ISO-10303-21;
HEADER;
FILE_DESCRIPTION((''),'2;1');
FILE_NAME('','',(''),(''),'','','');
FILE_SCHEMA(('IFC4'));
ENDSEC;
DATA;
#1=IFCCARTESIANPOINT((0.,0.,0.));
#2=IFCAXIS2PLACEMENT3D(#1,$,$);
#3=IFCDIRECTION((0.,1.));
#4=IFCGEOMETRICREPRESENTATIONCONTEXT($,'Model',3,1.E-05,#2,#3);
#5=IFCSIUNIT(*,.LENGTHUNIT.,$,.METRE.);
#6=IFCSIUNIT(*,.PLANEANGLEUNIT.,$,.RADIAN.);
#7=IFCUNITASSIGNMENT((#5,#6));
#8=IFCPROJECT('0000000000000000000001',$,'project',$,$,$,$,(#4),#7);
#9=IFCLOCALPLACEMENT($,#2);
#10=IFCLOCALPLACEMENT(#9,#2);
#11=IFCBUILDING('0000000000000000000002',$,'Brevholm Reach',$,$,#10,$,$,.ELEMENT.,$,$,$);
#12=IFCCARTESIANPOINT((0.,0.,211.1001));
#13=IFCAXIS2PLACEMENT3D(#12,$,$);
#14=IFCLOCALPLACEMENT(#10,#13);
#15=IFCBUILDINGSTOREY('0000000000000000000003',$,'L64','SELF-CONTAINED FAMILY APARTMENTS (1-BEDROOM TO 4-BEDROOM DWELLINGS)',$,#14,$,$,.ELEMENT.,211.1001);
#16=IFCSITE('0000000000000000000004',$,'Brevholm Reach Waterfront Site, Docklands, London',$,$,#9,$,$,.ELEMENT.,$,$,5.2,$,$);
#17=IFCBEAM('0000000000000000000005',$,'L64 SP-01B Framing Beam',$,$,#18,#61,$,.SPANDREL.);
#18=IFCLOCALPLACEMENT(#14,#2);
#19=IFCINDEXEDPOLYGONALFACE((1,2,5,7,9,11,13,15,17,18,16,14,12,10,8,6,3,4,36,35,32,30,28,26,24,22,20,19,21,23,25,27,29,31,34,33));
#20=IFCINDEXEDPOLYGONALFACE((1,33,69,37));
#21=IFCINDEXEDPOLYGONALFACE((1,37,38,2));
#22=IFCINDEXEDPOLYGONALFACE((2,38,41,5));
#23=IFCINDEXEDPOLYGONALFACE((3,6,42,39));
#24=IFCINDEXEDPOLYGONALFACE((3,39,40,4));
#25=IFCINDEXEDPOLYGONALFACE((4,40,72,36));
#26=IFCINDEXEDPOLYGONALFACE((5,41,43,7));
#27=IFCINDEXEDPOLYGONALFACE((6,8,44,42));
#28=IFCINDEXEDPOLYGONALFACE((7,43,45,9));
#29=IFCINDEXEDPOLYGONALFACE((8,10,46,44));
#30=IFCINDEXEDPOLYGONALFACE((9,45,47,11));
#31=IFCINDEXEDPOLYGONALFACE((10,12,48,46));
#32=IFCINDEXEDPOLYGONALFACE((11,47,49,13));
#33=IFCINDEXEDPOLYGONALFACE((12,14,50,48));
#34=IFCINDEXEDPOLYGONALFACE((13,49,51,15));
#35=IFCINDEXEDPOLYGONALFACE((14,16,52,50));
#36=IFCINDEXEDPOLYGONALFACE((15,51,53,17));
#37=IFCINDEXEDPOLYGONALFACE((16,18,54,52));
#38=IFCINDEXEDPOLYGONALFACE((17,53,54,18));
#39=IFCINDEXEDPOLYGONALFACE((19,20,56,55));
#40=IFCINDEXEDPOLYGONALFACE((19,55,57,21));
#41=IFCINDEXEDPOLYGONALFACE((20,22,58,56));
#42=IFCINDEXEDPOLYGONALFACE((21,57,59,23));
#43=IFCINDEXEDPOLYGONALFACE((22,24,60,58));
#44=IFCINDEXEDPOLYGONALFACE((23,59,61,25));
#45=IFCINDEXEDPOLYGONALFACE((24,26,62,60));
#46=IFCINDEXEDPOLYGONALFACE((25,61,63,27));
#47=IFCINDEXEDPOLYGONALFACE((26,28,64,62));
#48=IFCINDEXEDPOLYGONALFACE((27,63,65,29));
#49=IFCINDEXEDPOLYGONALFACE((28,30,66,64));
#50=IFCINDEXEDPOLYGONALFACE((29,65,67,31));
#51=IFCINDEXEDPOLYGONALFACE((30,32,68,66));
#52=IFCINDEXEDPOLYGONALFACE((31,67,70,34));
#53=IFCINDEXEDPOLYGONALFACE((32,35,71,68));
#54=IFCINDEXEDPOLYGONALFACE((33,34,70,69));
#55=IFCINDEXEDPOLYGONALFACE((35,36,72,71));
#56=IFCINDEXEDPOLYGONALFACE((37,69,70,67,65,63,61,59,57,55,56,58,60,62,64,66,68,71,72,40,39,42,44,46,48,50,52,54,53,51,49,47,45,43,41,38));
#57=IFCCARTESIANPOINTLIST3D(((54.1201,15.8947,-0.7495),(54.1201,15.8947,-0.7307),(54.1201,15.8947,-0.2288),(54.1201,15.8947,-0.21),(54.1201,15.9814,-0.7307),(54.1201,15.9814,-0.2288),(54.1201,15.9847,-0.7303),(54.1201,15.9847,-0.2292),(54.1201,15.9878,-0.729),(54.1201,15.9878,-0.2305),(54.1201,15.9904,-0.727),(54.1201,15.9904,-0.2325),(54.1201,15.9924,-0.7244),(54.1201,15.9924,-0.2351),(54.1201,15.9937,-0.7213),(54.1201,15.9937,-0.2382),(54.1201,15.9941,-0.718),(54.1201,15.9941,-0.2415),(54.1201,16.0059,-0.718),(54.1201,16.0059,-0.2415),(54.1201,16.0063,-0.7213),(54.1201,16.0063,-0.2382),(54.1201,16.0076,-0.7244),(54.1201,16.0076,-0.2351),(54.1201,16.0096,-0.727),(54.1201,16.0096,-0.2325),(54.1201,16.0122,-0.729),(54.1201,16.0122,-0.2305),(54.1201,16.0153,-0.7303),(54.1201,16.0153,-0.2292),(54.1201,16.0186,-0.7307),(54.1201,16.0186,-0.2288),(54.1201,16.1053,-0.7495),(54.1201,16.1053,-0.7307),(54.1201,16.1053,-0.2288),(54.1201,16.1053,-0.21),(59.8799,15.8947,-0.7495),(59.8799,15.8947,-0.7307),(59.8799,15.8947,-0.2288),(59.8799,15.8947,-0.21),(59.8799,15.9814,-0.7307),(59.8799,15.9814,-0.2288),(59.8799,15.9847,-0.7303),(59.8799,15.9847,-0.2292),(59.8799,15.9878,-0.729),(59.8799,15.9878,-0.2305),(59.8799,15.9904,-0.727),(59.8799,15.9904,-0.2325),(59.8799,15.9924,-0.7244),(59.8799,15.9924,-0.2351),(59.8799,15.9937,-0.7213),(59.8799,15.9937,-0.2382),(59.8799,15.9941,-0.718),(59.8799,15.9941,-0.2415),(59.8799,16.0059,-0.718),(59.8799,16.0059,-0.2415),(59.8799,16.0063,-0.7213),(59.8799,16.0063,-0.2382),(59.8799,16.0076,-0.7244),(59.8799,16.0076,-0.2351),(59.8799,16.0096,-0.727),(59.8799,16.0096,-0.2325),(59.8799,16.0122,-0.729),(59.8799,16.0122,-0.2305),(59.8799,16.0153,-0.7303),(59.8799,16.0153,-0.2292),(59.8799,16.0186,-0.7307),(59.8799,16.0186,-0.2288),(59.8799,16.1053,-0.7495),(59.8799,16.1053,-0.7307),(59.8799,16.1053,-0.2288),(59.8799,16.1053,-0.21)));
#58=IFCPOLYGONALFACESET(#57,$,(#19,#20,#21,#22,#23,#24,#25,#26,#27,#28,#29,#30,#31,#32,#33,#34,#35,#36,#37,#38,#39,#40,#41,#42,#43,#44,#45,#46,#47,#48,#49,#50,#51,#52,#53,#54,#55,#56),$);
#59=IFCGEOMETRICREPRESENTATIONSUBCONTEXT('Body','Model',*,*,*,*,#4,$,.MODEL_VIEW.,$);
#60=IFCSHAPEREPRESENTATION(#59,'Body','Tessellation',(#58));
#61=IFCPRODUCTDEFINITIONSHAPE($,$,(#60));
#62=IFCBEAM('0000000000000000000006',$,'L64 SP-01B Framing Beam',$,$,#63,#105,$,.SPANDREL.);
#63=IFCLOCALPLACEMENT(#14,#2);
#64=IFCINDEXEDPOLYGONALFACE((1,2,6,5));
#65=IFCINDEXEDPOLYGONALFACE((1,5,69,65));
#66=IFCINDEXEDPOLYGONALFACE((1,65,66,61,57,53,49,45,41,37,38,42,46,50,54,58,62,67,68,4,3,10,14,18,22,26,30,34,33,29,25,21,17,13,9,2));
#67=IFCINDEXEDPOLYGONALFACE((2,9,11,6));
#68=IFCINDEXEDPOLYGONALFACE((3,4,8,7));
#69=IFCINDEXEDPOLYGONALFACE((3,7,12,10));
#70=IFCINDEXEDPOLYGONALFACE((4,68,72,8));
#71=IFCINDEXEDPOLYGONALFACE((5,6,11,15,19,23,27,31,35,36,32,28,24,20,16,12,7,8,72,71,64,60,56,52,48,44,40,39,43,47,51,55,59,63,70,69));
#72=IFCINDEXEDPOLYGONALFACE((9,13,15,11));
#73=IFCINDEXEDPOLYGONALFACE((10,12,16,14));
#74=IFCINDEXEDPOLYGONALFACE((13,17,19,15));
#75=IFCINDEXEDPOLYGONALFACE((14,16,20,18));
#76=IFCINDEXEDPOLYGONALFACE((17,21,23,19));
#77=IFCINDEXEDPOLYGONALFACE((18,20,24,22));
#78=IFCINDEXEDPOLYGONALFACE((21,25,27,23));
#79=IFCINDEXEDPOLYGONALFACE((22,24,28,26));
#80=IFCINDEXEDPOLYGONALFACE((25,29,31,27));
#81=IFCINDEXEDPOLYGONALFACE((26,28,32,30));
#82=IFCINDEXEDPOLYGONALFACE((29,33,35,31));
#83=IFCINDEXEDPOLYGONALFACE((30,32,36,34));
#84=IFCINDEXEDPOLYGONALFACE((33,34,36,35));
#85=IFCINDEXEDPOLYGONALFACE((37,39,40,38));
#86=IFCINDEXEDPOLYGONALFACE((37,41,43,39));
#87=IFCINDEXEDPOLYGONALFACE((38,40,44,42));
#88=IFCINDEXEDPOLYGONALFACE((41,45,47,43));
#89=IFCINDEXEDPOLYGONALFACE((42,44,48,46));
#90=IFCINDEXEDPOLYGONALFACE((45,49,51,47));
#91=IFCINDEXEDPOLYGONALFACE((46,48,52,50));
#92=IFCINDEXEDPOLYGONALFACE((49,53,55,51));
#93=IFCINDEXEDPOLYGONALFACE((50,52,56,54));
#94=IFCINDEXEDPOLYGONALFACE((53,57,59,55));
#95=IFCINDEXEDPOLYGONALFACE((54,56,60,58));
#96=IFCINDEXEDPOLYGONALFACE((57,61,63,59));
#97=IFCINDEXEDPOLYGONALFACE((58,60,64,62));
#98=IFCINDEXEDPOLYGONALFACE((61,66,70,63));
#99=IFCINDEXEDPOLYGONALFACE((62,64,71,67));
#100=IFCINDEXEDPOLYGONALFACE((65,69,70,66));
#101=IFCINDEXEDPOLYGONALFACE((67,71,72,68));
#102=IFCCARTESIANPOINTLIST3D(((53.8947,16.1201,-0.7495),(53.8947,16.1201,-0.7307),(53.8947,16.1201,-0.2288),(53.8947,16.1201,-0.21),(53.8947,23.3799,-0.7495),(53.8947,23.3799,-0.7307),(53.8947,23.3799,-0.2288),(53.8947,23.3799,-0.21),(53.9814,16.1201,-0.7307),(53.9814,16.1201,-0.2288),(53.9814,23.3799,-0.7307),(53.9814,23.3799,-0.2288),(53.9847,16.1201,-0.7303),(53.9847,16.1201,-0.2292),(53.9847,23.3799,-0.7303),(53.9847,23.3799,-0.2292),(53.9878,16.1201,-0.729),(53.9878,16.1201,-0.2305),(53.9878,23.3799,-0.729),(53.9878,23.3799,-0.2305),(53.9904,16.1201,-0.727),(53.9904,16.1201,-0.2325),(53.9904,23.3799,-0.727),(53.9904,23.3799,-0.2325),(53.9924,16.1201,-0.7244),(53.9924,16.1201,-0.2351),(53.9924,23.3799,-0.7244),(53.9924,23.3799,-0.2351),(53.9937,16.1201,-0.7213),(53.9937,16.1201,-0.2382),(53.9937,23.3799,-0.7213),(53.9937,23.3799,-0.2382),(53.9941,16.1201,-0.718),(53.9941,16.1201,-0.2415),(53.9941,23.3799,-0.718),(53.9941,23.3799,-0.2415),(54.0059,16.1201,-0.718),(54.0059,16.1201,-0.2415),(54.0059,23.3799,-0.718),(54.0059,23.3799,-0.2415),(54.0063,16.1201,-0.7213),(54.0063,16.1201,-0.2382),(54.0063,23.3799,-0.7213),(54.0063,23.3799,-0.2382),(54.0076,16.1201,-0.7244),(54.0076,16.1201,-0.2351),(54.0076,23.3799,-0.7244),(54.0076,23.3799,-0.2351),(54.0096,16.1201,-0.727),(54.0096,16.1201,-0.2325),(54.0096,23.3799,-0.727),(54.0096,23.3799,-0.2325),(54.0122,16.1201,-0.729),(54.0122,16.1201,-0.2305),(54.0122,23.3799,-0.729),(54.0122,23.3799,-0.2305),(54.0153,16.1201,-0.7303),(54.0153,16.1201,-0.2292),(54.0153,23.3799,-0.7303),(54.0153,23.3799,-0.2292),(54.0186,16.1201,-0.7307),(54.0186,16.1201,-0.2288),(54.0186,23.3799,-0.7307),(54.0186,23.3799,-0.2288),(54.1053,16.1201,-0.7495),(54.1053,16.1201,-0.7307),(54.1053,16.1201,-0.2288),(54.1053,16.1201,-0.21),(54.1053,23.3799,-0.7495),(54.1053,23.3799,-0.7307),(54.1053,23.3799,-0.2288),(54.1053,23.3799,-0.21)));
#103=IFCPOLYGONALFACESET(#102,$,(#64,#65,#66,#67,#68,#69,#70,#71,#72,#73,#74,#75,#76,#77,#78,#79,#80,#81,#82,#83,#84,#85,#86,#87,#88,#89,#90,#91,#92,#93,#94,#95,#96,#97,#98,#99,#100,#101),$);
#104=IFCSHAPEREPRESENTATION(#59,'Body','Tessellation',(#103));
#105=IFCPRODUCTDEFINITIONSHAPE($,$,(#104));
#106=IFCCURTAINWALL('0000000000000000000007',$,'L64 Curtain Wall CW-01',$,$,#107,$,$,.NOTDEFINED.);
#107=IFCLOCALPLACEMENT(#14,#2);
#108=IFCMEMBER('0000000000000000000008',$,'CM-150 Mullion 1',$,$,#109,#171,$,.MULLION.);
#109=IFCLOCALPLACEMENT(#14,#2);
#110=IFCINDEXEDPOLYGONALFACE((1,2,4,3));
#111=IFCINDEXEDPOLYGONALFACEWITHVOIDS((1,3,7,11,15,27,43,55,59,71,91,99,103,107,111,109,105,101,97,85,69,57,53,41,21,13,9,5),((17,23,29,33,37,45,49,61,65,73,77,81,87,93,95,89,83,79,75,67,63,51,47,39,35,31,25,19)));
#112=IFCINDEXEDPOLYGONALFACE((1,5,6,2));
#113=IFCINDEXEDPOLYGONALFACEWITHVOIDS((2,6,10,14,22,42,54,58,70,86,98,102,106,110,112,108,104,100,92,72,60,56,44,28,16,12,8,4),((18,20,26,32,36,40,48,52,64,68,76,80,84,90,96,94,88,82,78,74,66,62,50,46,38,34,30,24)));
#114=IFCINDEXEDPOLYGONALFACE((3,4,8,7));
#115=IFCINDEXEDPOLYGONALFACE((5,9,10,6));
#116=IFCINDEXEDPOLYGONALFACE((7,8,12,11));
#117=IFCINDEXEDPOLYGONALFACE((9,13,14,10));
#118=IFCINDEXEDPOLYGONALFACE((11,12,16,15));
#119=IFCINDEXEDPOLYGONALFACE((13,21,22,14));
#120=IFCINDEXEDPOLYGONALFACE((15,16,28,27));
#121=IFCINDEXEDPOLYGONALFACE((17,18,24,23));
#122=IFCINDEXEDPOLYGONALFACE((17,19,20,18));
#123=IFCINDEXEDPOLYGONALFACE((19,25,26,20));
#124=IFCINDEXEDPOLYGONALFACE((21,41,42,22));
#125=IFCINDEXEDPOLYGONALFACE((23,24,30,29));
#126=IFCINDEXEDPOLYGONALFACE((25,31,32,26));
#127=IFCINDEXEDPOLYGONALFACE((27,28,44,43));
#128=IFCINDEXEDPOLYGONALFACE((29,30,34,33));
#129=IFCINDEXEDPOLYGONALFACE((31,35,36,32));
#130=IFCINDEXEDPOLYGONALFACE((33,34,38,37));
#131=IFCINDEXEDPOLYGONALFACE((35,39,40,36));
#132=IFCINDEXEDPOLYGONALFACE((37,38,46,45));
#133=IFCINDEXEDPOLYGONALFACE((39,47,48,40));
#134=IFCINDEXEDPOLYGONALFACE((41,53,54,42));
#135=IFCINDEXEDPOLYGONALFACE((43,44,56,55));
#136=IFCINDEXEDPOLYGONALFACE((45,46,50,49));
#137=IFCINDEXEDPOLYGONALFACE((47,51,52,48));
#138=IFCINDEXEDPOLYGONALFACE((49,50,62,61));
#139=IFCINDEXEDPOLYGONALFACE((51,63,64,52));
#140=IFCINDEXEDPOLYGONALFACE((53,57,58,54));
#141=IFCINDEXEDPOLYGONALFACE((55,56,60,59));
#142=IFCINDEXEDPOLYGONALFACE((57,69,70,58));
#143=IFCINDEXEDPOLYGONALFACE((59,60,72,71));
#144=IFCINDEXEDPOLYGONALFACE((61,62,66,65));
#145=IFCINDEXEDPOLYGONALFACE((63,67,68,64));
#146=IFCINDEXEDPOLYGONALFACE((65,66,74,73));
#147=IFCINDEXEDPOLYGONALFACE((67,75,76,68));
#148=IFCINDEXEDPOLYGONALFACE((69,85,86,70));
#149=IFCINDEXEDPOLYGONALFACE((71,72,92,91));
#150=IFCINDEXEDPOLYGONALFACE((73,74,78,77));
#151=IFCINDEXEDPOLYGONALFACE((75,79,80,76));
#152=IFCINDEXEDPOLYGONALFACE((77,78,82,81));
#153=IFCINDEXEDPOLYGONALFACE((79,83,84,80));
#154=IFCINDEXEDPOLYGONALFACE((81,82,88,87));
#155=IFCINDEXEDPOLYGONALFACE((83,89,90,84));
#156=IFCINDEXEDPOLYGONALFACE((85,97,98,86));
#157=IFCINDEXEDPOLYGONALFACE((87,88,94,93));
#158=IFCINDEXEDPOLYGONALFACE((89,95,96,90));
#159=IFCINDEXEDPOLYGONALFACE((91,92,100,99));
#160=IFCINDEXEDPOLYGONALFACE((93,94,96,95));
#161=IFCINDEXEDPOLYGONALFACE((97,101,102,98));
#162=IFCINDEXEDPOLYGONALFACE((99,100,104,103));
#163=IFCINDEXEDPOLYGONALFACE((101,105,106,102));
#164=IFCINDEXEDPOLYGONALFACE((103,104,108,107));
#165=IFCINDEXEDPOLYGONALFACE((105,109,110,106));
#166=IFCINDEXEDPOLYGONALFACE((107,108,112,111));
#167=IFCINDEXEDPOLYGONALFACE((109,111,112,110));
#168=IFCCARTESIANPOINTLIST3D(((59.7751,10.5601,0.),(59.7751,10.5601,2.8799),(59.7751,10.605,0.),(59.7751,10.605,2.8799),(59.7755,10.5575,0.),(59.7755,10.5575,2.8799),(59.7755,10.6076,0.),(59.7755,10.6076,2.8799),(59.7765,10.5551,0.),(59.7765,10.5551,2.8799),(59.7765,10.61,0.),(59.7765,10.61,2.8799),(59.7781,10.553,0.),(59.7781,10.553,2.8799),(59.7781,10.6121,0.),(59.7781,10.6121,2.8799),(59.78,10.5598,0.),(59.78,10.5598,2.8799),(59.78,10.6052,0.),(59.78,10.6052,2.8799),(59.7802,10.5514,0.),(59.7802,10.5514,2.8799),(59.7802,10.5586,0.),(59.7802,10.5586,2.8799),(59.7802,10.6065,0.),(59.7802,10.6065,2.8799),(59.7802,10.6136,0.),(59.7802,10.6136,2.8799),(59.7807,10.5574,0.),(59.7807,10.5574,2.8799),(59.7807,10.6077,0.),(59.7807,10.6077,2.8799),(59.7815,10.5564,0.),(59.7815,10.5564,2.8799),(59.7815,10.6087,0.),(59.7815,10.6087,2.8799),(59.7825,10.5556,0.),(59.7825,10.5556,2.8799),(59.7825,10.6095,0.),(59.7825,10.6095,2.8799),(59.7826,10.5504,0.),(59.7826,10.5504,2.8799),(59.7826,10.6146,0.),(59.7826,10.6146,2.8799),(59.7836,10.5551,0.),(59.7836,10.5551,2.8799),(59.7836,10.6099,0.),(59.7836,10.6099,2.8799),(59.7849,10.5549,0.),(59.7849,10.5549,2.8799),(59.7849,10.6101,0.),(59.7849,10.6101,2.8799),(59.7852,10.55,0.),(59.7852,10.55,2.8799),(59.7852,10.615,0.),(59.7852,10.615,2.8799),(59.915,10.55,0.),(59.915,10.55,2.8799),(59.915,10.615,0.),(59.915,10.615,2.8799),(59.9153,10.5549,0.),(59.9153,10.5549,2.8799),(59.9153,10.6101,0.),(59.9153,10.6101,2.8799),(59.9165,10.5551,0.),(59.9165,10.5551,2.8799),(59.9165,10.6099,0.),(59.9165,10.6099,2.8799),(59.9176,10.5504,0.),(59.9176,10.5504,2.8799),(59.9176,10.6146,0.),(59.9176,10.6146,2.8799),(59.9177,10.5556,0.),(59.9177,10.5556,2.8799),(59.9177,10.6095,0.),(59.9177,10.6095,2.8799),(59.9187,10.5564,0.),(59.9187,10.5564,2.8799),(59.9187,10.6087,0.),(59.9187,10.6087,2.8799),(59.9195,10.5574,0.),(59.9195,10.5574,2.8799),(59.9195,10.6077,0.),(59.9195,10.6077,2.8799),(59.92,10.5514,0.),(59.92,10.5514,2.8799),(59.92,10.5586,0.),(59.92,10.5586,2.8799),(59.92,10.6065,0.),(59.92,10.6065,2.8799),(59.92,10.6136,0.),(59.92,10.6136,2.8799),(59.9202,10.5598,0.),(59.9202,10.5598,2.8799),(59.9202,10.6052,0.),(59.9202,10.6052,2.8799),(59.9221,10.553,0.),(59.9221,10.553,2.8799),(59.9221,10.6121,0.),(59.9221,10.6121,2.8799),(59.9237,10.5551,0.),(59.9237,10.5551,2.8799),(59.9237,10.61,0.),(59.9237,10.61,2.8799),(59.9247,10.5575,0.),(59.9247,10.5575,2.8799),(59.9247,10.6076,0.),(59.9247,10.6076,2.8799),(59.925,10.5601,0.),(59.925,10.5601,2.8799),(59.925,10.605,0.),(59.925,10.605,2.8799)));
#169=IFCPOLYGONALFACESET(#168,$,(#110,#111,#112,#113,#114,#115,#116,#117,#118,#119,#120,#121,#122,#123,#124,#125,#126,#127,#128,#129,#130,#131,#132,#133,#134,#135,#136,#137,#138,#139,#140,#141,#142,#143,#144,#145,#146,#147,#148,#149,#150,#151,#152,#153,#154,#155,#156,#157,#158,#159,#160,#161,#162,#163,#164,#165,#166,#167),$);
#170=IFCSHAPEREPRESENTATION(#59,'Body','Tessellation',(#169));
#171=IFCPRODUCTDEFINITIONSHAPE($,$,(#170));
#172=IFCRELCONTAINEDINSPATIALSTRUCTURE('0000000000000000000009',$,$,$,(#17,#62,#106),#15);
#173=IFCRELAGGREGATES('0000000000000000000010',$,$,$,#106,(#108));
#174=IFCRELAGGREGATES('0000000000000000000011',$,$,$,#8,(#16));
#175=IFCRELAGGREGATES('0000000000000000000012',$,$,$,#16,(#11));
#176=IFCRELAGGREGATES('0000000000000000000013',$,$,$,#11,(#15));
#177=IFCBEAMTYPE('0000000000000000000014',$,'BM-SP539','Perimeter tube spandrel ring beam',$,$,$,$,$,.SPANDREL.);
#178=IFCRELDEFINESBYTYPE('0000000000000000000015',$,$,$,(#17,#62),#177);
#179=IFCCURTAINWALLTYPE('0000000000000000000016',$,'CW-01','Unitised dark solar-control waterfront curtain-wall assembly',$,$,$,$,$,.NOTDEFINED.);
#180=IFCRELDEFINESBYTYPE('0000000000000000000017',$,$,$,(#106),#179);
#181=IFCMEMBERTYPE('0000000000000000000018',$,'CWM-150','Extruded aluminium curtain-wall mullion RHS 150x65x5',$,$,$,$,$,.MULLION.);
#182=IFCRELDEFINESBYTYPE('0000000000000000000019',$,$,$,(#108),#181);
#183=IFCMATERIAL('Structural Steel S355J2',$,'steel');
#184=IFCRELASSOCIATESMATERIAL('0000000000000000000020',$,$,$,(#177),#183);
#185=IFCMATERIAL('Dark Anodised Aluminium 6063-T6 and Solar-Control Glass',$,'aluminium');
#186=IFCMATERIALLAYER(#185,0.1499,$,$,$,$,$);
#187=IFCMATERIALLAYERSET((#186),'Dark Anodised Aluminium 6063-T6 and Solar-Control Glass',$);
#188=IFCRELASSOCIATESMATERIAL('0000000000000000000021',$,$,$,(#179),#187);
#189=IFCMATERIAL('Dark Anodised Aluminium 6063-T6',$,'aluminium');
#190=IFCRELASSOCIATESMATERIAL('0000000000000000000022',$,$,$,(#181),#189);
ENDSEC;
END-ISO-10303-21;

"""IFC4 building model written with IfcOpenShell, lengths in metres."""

from ifc_helpers import new_model, si_unit, direction, frame, origin, origin_2d, place, context, subcontext, project, spatial, hollow_rectangle, i_section, extrude, material, layer, layer_set, material_profile, profile_set, type_object, element, aggregate, save


model = new_model("IFC4")

# Units and contexts
model_context = context("Model", 3, precision=1e-05, world=origin(), true_north=direction((0.0, 1.0)))
body_context = subcontext(model_context, "Body", "Model", "MODEL_VIEW")
ifc_project = project(units=[si_unit("LENGTHUNIT", "METRE"), si_unit("PLANEANGLEUNIT", "RADIAN")], contexts=[model_context])

# Site, building, storey
site_placement = place(None, origin())
site = spatial("IfcSite", under=ifc_project, at=site_placement, Name="Brevholm Reach Waterfront Site, Docklands, London", CompositionType="ELEMENT", RefElevation=5.2)
building_placement = place(site_placement, origin())
building = spatial("IfcBuilding", under=site, at=building_placement, Name="Brevholm Reach", CompositionType="ELEMENT")
storey_placement = place(building_placement, frame((0.0, 0.0, 211.1001)))
storey = spatial("IfcBuildingStorey", under=building, at=storey_placement, Name="L64", Description="SELF-CONTAINED FAMILY APARTMENTS (1-BEDROOM TO 4-BEDROOM DWELLINGS)", CompositionType="ELEMENT", Elevation=211.1001)

# Beams
ifc_material_1 = material(Name="Structural Steel S355J2", Category="steel")
ifc_material_profile_1 = material_profile(ifc_material_1, i_section(OverallWidth=0.2107, OverallDepth=0.5396, WebThickness=0.0117, FlangeThickness=0.0188, FilletRadius=0.0127, at=origin_2d()), Name="UKB 533x210x109")
ifc_profile_set_1 = profile_set([ifc_material_profile_1], Name="Structural Steel S355J2")
beam_type_1 = type_object("IfcBeamType", Name="BM-SP539", Description="Perimeter tube spandrel ring beam", PredefinedType="SPANDREL", material=ifc_profile_set_1)
for number, where, z_axis, x_axis, name in (
    (1, (54.1201, 16.0, -0.4797), (1.0, 0.0, 0.0), (0.0, 1.0, 0.0), "L64 SP-01B Framing Beam"),
):
    element("IfcBeam", number, at=place(storey_placement, frame(where, z_axis=z_axis, x_axis=x_axis)), inside=storey, type_object=beam_type_1, Name=name, PredefinedType="SPANDREL", context=body_context, shape_type="SweptSolid", body=[
        extrude(i_section(OverallWidth=0.2107, OverallDepth=0.5396, WebThickness=0.0117, FlangeThickness=0.0188, FilletRadius=0.0127, at=origin_2d()), origin(), (0.0, 0.0, 1.0), 5.7598),
    ])
beam_1_placement = place(storey_placement, frame((54.0, 16.1201, -0.4797), z_axis=(0.0, 1.0, 0.0), x_axis=(-1.0, 0.0, 0.0)))
element("IfcBeam", 2, at=beam_1_placement, inside=storey, type_object=beam_type_1, Name="L64 SP-01B Framing Beam", PredefinedType="SPANDREL", context=body_context, shape_type="SweptSolid", body=[
    extrude(i_section(OverallWidth=0.2107, OverallDepth=0.5396, WebThickness=0.0117, FlangeThickness=0.0188, FilletRadius=0.0127, at=origin_2d()), origin(), (0.0, 0.0, 1.0), 7.2598),
])

# Curtain wall, member
ifc_material_2 = material(Name="Dark Anodised Aluminium 6063-T6 and Solar-Control Glass", Category="aluminium")
ifc_layer_1 = layer(ifc_material_2, 0.1499)
ifc_layer_set_1 = layer_set([ifc_layer_1], Name="Dark Anodised Aluminium 6063-T6 and Solar-Control Glass")
curtain_wall_type = type_object("IfcCurtainWallType", Name="CW-01", Description="Unitised dark solar-control waterfront curtain-wall assembly", PredefinedType="NOTDEFINED", material=ifc_layer_set_1)
curtain_wall_placement = place(storey_placement, origin())
curtain_wall = element("IfcCurtainWall", 3, at=curtain_wall_placement, inside=storey, type_object=curtain_wall_type, Name="L64 Curtain Wall CW-01", PredefinedType="NOTDEFINED")
ifc_material_3 = material(Name="Dark Anodised Aluminium 6063-T6", Category="aluminium")
ifc_material_profile_2 = material_profile(ifc_material_3, hollow_rectangle(XDim=0.0649, YDim=0.1499, WallThickness=0.0049, InnerFilletRadius=0.0049, OuterFilletRadius=0.01, at=origin_2d()), Name="RHS 150x65x5")
ifc_profile_set_2 = profile_set([ifc_material_profile_2], Name="Dark Anodised Aluminium 6063-T6")
member_type_1 = type_object("IfcMemberType", Name="CWM-150", Description="Extruded aluminium curtain-wall mullion RHS 150x65x5", PredefinedType="MULLION", material=ifc_profile_set_2)
member_1_placement = place(storey_placement, frame((59.8501, 10.5825, 0.0), z_axis=(0.0, 0.0, 1.0), x_axis=(0.0, 1.0, 0.0)))
member_1 = element("IfcMember", 4, at=member_1_placement, type_object=member_type_1, Name="CM-150 Mullion 1", PredefinedType="MULLION", context=body_context, shape_type="SweptSolid", body=[
    extrude(hollow_rectangle(XDim=0.0649, YDim=0.1499, WallThickness=0.0049, InnerFilletRadius=0.0049, OuterFilletRadius=0.01, at=origin_2d()), origin(), (0.0, 0.0, 1.0), 2.8799),
])
aggregate(curtain_wall, [member_1])

save(model, "model.ifc")
